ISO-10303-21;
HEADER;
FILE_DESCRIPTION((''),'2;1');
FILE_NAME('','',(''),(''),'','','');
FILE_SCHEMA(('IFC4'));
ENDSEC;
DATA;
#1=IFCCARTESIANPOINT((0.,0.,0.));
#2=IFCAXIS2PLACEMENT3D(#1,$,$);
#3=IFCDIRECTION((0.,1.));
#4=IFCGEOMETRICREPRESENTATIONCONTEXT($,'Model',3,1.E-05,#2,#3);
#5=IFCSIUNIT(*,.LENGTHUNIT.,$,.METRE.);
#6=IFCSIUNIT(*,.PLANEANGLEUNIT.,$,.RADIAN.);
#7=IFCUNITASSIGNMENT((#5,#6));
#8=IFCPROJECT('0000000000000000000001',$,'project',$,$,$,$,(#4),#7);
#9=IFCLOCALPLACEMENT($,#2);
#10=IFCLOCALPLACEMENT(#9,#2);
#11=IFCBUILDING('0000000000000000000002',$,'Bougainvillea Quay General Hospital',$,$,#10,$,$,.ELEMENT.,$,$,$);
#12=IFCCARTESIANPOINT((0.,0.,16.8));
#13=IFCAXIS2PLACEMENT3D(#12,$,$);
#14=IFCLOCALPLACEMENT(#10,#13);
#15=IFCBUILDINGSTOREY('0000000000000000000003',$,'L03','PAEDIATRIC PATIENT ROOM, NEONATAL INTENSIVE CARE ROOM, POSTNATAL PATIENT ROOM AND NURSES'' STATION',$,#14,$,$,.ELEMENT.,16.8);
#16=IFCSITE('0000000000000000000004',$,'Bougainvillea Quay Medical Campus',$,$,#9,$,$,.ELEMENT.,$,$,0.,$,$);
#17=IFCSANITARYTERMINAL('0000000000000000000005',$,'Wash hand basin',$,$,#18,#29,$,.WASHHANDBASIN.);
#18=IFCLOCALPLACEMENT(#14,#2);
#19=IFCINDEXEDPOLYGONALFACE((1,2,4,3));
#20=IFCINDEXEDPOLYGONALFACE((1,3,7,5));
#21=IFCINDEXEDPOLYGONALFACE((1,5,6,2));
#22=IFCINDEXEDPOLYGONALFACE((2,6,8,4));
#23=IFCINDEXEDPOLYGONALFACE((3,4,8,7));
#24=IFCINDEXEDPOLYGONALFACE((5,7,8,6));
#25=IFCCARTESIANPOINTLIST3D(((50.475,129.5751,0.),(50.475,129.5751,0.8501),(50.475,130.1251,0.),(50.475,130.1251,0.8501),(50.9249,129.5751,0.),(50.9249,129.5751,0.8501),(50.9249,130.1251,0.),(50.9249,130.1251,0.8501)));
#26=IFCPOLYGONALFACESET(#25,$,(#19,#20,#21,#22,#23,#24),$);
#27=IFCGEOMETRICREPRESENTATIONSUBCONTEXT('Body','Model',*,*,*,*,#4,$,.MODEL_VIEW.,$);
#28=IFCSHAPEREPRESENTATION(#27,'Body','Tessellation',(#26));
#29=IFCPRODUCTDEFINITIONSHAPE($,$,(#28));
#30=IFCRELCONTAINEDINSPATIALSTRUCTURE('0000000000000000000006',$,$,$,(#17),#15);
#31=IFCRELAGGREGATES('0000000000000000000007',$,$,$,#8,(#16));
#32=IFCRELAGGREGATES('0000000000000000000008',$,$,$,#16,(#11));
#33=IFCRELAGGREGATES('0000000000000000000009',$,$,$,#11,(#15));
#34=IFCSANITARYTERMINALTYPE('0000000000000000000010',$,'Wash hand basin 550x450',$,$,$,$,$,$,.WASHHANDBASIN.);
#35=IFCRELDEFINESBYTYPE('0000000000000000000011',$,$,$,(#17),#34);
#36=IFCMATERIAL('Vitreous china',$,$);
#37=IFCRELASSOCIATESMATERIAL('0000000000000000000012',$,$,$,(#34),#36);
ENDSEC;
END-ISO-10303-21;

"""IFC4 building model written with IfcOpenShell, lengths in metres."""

from ifc_helpers import new_model, si_unit, direction, frame, origin, origin_2d, place, context, subcontext, project, spatial, rectangle, extrude, material, type_object, element, save


model = new_model("IFC4")

# Units and contexts
model_context = context("Model", 3, precision=1e-05, world=origin(), true_north=direction((0.0, 1.0)))
body_context = subcontext(model_context, "Body", "Model", "MODEL_VIEW")
ifc_project = project(units=[si_unit("LENGTHUNIT", "METRE"), si_unit("PLANEANGLEUNIT", "RADIAN")], contexts=[model_context])

# Site, building, storey
site_placement = place(None, origin())
site = spatial("IfcSite", under=ifc_project, at=site_placement, Name="Bougainvillea Quay Medical Campus", CompositionType="ELEMENT", RefElevation=0.0)
building_placement = place(site_placement, origin())
building = spatial("IfcBuilding", under=site, at=building_placement, Name="Bougainvillea Quay General Hospital", CompositionType="ELEMENT")
storey_placement = place(building_placement, frame((0.0, 0.0, 16.8)))
storey = spatial("IfcBuildingStorey", under=building, at=storey_placement, Name="L03", Description="PAEDIATRIC PATIENT ROOM, NEONATAL INTENSIVE CARE ROOM, POSTNATAL PATIENT ROOM AND NURSES' STATION", CompositionType="ELEMENT", Elevation=16.8)

# Sanitary terminal
ifc_material_1 = material(Name="Vitreous china")
sanitary_terminal_type_1 = type_object("IfcSanitaryTerminalType", Name="Wash hand basin 550x450", PredefinedType="WASHHANDBASIN", material=ifc_material_1)
sanitary_terminal_placement = place(storey_placement, frame((50.7, 129.8501, 0.0), z_axis=(0.0, 0.0, 1.0), x_axis=(0.0, 1.0, 0.0)))
element("IfcSanitaryTerminal", 1, at=sanitary_terminal_placement, inside=storey, type_object=sanitary_terminal_type_1, Name="Wash hand basin", PredefinedType="WASHHANDBASIN", context=body_context, shape_type="SweptSolid", body=[
    extrude(rectangle(XDim=0.55, YDim=0.45, at=origin_2d()), origin(), (0.0, 0.0, 1.0), 0.8501),
])

save(model, "model.ifc")
